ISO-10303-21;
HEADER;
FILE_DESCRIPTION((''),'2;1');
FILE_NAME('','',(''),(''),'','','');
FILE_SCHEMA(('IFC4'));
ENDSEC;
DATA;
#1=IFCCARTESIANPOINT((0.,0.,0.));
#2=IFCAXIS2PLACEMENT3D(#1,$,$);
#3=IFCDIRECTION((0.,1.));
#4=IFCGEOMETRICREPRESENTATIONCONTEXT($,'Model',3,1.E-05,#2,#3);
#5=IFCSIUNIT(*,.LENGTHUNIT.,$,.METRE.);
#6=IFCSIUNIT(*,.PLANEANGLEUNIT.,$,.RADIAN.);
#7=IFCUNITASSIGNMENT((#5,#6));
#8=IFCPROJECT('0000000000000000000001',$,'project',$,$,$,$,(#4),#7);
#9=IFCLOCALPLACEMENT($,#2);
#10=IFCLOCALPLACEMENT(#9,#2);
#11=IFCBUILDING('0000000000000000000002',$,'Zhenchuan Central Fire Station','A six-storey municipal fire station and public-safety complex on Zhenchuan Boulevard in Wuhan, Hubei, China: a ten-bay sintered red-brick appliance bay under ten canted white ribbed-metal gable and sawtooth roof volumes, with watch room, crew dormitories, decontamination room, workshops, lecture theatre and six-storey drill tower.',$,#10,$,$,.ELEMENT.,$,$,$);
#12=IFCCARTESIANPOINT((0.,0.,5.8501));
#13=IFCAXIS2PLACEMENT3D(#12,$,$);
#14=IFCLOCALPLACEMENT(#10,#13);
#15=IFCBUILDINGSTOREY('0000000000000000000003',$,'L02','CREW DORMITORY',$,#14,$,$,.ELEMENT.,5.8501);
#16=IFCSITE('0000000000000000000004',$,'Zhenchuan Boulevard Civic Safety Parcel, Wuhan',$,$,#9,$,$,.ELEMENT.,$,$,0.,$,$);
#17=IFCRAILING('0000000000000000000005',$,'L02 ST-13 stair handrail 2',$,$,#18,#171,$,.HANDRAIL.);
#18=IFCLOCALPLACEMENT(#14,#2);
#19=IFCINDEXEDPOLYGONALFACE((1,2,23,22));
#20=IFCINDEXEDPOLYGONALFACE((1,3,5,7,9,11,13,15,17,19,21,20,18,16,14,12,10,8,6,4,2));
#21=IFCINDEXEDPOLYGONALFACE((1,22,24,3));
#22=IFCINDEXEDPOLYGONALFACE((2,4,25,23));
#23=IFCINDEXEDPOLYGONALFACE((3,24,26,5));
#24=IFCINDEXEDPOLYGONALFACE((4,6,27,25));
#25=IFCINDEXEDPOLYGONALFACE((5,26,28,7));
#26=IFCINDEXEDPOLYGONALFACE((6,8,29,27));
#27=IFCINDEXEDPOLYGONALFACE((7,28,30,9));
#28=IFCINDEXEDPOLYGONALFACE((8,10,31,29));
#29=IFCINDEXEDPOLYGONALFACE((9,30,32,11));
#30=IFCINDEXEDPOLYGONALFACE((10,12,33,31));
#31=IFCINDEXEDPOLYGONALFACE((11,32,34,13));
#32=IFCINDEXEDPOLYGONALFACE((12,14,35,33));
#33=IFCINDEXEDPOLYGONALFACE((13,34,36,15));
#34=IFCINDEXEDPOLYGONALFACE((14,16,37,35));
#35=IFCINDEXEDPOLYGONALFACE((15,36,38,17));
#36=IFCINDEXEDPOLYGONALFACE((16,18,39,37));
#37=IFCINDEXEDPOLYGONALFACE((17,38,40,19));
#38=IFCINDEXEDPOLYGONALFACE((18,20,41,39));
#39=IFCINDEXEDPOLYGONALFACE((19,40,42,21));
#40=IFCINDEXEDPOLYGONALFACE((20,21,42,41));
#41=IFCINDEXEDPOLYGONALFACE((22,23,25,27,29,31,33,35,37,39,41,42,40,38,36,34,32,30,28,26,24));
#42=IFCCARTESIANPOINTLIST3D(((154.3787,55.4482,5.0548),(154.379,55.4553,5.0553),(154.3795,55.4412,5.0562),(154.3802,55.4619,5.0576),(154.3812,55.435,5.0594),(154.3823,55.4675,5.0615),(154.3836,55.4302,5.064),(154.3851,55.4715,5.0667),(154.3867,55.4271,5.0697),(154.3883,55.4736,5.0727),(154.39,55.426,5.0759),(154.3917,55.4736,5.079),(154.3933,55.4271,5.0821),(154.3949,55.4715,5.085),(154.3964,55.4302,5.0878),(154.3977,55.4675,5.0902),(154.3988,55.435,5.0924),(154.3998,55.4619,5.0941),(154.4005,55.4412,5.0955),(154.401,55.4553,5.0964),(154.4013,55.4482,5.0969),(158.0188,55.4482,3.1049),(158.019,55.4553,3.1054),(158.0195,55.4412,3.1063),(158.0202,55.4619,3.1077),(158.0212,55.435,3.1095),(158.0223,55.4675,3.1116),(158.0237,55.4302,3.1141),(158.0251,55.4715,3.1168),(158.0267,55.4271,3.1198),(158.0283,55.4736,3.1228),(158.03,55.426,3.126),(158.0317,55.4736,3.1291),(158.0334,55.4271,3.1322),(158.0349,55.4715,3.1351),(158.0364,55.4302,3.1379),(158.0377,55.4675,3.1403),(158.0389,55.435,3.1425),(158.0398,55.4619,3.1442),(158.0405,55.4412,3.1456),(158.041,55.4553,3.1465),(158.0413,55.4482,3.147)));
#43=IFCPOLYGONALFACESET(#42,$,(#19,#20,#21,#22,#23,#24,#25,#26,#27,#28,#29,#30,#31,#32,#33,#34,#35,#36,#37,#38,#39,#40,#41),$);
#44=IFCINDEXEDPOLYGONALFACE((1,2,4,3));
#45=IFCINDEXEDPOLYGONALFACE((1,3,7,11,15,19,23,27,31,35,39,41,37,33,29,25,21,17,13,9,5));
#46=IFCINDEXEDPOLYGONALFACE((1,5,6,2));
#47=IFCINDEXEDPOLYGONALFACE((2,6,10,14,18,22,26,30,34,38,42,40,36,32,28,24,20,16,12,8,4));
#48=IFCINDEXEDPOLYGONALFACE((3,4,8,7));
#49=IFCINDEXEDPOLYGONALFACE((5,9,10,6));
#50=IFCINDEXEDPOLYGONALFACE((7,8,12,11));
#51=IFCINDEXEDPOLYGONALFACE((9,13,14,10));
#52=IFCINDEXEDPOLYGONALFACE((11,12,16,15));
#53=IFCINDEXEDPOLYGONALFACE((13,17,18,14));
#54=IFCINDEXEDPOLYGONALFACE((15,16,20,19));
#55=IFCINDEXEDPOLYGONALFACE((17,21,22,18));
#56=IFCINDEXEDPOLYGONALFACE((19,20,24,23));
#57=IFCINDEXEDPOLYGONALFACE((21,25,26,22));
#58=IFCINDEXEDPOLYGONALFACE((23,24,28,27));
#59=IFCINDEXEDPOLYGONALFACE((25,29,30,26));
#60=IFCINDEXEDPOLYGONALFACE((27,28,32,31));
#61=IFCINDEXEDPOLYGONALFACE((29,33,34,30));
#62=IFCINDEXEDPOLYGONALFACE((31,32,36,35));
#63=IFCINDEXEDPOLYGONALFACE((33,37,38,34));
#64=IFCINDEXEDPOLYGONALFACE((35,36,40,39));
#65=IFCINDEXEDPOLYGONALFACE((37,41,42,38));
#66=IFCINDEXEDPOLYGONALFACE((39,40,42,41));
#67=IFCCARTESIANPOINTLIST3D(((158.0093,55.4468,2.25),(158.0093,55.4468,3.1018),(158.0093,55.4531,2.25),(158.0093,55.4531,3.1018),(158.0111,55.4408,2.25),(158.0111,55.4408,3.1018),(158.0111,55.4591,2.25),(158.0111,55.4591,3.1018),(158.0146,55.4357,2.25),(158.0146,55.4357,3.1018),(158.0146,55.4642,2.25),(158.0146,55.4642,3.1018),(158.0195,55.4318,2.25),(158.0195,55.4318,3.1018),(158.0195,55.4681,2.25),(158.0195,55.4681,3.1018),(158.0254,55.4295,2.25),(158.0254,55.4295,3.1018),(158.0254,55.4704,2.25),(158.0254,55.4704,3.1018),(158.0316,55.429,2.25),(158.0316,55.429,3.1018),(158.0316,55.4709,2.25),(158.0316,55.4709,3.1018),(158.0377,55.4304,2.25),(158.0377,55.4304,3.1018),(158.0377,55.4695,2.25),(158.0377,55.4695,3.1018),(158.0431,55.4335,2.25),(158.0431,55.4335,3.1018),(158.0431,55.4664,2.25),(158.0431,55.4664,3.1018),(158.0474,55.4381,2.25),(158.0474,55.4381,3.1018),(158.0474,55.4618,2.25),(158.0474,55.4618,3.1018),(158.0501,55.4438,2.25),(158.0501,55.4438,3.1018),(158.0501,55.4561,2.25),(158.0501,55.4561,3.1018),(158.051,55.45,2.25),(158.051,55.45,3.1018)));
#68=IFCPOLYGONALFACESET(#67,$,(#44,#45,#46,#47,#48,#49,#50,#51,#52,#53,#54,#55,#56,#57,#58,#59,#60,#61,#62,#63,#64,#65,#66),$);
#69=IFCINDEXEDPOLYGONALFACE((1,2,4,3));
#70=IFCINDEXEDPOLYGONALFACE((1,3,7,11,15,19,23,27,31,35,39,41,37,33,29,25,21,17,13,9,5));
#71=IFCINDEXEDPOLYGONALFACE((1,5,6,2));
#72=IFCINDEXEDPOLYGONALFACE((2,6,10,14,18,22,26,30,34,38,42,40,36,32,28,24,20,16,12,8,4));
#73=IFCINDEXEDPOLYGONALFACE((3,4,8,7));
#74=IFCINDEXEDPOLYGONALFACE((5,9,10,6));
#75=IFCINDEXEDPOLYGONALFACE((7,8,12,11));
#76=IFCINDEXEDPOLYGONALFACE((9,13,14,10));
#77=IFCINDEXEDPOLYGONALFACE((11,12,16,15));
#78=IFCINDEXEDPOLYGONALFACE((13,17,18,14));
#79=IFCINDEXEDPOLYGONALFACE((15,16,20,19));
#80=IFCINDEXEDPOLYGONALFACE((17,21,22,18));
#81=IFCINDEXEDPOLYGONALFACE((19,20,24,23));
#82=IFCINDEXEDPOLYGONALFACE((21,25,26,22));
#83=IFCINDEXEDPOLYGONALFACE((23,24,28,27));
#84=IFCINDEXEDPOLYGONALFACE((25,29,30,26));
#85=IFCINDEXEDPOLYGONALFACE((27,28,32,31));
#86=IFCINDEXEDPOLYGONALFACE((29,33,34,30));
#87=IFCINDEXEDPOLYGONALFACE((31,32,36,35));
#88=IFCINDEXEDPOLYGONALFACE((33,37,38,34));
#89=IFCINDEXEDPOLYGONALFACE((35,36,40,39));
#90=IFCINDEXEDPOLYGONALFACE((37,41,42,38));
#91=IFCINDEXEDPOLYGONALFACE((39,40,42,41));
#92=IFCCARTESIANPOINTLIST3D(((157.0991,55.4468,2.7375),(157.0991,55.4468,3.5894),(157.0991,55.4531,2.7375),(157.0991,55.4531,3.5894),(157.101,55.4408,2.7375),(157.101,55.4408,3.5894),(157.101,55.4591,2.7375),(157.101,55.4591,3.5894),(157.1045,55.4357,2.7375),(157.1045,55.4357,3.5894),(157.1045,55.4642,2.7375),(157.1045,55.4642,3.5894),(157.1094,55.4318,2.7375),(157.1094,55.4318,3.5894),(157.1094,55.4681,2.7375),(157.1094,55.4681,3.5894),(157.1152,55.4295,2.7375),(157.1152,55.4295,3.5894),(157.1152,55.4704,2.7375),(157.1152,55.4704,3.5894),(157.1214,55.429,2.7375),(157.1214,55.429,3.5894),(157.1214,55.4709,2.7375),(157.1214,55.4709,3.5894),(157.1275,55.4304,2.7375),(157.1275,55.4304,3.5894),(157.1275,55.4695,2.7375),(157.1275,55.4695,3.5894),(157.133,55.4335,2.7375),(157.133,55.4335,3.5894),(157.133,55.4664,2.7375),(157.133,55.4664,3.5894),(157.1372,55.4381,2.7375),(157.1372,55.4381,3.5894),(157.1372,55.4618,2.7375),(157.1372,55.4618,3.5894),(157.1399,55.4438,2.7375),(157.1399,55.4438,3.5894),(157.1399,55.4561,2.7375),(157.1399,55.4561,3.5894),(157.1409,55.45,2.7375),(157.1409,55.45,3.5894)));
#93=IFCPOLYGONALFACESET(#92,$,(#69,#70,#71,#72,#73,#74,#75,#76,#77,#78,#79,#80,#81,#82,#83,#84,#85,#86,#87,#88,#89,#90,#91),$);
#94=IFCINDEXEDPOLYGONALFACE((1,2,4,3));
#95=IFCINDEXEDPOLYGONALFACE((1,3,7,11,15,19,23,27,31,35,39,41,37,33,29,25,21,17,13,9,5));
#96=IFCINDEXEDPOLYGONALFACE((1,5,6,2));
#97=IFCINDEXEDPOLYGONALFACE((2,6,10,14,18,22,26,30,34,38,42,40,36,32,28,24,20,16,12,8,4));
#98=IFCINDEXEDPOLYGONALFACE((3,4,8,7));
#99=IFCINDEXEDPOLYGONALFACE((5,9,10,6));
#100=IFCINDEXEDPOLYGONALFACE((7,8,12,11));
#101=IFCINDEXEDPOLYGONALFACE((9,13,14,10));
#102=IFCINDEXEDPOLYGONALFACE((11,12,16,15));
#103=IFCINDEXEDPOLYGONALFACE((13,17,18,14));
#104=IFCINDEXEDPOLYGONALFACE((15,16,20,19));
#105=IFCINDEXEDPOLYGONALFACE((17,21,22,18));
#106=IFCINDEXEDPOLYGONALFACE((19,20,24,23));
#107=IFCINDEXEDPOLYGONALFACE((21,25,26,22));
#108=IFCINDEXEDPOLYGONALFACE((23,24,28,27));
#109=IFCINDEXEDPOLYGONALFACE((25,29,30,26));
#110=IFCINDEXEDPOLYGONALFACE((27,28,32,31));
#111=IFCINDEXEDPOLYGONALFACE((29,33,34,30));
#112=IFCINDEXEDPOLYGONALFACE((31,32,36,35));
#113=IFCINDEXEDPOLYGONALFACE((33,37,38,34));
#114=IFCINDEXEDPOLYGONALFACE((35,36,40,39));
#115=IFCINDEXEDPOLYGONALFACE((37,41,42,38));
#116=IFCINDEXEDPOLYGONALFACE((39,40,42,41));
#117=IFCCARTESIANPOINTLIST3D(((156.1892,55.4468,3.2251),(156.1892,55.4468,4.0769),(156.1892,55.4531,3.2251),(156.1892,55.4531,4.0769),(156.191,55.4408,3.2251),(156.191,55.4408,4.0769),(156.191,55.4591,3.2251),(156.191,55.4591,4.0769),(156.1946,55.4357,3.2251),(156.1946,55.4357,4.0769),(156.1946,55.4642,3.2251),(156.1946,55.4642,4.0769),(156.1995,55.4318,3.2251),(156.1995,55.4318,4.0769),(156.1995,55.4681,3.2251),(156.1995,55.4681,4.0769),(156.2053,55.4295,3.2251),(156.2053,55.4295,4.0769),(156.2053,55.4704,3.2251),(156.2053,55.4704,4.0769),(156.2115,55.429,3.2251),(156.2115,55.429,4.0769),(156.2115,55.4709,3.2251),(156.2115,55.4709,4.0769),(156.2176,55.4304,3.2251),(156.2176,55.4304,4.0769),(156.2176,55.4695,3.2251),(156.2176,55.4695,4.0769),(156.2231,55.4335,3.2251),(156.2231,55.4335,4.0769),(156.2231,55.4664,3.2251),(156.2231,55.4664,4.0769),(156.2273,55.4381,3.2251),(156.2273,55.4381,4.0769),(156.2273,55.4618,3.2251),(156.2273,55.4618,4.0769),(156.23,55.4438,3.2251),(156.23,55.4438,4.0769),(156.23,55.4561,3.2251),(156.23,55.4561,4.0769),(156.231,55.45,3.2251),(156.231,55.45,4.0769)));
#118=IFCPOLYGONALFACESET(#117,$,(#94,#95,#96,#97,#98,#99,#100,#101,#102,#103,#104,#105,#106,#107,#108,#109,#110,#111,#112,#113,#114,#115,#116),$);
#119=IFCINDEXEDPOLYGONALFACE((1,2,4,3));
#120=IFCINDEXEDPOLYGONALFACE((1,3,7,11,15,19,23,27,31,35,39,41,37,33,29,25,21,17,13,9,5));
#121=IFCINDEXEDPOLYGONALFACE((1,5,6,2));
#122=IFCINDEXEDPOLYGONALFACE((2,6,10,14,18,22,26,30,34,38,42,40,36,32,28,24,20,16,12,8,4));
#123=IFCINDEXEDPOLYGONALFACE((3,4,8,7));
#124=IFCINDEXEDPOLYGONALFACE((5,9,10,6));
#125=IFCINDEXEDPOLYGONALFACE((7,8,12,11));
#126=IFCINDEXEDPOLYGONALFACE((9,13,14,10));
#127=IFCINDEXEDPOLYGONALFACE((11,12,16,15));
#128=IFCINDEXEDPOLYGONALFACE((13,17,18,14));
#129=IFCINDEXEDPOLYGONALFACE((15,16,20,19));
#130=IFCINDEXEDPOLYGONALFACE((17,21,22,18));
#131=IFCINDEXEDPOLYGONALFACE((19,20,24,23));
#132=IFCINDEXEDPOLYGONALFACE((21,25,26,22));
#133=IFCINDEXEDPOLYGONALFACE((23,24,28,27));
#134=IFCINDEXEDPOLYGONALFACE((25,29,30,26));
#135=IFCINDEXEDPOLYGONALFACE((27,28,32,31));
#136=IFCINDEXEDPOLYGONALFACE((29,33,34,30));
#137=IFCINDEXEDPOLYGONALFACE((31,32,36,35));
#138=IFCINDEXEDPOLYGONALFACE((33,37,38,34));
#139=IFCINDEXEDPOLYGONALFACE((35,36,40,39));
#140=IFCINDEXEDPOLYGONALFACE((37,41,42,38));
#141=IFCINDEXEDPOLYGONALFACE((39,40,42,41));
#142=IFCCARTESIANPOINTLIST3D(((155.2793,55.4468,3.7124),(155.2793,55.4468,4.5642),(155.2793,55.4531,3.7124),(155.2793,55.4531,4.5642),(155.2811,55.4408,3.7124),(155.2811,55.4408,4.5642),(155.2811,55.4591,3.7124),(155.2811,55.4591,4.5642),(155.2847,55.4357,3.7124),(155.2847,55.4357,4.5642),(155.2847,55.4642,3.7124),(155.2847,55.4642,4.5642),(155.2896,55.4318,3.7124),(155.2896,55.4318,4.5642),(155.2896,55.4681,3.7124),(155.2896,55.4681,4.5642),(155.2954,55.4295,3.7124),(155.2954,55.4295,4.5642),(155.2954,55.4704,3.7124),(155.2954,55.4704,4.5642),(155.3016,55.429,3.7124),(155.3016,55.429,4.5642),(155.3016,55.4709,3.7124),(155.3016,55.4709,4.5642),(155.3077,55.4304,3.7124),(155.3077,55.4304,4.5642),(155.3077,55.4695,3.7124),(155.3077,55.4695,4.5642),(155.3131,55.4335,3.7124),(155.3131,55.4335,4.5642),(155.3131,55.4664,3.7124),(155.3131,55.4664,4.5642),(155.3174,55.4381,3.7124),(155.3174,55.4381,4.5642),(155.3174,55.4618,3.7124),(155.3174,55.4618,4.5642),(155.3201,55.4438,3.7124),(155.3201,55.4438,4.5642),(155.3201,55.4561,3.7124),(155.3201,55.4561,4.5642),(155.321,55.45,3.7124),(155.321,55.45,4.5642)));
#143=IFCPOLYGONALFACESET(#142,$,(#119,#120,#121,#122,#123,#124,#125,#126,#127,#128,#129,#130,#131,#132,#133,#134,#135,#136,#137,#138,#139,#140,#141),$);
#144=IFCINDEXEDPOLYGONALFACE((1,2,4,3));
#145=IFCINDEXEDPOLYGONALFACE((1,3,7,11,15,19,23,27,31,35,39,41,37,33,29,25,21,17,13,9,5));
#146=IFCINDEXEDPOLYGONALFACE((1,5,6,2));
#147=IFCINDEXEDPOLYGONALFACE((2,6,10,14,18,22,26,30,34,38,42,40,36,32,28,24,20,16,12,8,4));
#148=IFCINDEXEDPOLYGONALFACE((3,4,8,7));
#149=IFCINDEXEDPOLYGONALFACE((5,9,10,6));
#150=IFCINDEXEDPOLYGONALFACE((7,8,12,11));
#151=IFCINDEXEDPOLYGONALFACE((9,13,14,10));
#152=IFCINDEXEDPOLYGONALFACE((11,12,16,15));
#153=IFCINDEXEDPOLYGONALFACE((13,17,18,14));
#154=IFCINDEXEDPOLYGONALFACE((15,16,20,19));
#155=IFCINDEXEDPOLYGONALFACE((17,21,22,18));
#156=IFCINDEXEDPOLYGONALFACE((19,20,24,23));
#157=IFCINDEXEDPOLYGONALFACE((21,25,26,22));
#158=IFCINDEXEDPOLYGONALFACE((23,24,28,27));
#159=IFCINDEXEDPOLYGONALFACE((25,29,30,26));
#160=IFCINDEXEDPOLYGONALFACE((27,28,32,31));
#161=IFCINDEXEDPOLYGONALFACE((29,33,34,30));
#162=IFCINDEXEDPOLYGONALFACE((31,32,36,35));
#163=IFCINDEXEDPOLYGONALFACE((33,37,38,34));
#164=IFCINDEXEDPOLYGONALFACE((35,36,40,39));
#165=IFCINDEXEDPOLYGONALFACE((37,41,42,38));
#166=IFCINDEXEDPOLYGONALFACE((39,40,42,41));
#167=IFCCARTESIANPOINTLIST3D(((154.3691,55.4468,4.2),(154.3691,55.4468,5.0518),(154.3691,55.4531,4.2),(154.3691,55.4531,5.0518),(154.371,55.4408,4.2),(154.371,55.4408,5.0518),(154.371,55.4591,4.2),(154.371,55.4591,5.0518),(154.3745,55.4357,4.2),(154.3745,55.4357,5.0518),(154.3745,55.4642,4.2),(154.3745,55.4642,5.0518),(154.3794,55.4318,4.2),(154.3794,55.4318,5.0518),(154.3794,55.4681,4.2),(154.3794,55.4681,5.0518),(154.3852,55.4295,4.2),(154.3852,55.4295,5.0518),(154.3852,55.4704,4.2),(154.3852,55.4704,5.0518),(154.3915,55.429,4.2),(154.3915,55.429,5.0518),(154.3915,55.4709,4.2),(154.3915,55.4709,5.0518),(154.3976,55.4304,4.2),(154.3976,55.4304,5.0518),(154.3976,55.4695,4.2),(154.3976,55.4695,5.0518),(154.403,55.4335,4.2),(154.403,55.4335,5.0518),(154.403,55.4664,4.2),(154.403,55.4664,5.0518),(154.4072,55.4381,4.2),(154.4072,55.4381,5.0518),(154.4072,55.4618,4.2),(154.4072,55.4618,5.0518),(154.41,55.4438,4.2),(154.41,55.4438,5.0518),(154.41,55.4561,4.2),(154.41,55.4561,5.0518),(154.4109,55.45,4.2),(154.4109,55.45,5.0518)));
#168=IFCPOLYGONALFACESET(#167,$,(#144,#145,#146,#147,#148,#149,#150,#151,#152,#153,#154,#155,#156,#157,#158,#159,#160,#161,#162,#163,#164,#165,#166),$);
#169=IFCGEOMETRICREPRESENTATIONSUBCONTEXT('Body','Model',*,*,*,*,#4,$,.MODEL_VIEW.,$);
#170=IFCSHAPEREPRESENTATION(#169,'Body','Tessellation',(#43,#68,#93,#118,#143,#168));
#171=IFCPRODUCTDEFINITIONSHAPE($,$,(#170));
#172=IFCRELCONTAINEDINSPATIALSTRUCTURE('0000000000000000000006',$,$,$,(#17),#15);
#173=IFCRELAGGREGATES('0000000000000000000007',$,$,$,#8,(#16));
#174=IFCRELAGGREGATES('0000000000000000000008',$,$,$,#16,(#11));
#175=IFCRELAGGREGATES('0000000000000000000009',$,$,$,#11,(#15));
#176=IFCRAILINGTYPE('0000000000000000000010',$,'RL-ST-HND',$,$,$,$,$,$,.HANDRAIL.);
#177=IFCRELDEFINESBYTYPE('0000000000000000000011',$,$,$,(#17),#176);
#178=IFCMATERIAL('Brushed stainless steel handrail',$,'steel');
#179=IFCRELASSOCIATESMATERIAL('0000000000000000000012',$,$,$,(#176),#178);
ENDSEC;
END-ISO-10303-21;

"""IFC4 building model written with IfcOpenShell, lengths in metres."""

from ifc_helpers import new_model, si_unit, direction, frame, origin, origin_2d, place, context, subcontext, project, spatial, circle, extrude, material, type_object, element, save


model = new_model("IFC4")

# Units and contexts
model_context = context("Model", 3, precision=1e-05, world=origin(), true_north=direction((0.0, 1.0)))
body_context = subcontext(model_context, "Body", "Model", "MODEL_VIEW")
ifc_project = project(units=[si_unit("LENGTHUNIT", "METRE"), si_unit("PLANEANGLEUNIT", "RADIAN")], contexts=[model_context])

# Site, building, storey
site_placement = place(None, origin())
site = spatial("IfcSite", under=ifc_project, at=site_placement, Name="Zhenchuan Boulevard Civic Safety Parcel, Wuhan", CompositionType="ELEMENT", RefElevation=0.0)
building_placement = place(site_placement, origin())
building = spatial("IfcBuilding", under=site, at=building_placement, Name="Zhenchuan Central Fire Station", Description="A six-storey municipal fire station and public-safety complex on Zhenchuan Boulevard in Wuhan, Hubei, China: a ten-bay sintered red-brick appliance bay under ten canted white ribbed-metal gable and sawtooth roof volumes, with watch room, crew dormitories, decontamination room, workshops, lecture theatre and six-storey drill tower.", CompositionType="ELEMENT")
storey_placement = place(building_placement, frame((0.0, 0.0, 5.8501)))
storey = spatial("IfcBuildingStorey", under=building, at=storey_placement, Name="L02", Description="CREW DORMITORY", CompositionType="ELEMENT", Elevation=5.8501)

# Railing
ifc_material_1 = material(Name="Brushed stainless steel handrail", Category="steel")
railing_type_1 = type_object("IfcRailingType", Name="RL-ST-HND", PredefinedType="HANDRAIL", material=ifc_material_1)
railing_1_placement = place(storey_placement, frame((158.03, 55.45, 2.25)))
element("IfcRailing", 1, at=railing_1_placement, inside=storey, type_object=railing_type_1, Name="L02 ST-13 stair handrail 2", PredefinedType="HANDRAIL", context=body_context, shape_type="SweptSolid", body=[
    extrude(circle(Radius=0.0239, at=origin_2d()), frame((0.0, 0.0, 0.876), z_axis=(-0.881492, 0.0, 0.472198), x_axis=(0.0, -1.0, 0.0)), (0.0, 0.0, 1.0), 4.1294),
    extrude(circle(Radius=0.021, at=origin_2d()), origin(), (0.0, 0.0, 1.0), 0.8518),
    extrude(circle(Radius=0.021, at=origin_2d()), frame((-0.9102, 0.0, 0.4875)), (0.0, 0.0, 1.0), 0.8518),
    extrude(circle(Radius=0.021, at=origin_2d()), frame((-1.8201, 0.0, 0.9751)), (0.0, 0.0, 1.0), 0.8518),
    extrude(circle(Radius=0.021, at=origin_2d()), frame((-2.73, 0.0, 1.4624)), (0.0, 0.0, 1.0), 0.8518),
    extrude(circle(Radius=0.021, at=origin_2d()), frame((-3.6401, 0.0, 1.95)), (0.0, 0.0, 1.0), 0.8518),
])

save(model, "model.ifc")
